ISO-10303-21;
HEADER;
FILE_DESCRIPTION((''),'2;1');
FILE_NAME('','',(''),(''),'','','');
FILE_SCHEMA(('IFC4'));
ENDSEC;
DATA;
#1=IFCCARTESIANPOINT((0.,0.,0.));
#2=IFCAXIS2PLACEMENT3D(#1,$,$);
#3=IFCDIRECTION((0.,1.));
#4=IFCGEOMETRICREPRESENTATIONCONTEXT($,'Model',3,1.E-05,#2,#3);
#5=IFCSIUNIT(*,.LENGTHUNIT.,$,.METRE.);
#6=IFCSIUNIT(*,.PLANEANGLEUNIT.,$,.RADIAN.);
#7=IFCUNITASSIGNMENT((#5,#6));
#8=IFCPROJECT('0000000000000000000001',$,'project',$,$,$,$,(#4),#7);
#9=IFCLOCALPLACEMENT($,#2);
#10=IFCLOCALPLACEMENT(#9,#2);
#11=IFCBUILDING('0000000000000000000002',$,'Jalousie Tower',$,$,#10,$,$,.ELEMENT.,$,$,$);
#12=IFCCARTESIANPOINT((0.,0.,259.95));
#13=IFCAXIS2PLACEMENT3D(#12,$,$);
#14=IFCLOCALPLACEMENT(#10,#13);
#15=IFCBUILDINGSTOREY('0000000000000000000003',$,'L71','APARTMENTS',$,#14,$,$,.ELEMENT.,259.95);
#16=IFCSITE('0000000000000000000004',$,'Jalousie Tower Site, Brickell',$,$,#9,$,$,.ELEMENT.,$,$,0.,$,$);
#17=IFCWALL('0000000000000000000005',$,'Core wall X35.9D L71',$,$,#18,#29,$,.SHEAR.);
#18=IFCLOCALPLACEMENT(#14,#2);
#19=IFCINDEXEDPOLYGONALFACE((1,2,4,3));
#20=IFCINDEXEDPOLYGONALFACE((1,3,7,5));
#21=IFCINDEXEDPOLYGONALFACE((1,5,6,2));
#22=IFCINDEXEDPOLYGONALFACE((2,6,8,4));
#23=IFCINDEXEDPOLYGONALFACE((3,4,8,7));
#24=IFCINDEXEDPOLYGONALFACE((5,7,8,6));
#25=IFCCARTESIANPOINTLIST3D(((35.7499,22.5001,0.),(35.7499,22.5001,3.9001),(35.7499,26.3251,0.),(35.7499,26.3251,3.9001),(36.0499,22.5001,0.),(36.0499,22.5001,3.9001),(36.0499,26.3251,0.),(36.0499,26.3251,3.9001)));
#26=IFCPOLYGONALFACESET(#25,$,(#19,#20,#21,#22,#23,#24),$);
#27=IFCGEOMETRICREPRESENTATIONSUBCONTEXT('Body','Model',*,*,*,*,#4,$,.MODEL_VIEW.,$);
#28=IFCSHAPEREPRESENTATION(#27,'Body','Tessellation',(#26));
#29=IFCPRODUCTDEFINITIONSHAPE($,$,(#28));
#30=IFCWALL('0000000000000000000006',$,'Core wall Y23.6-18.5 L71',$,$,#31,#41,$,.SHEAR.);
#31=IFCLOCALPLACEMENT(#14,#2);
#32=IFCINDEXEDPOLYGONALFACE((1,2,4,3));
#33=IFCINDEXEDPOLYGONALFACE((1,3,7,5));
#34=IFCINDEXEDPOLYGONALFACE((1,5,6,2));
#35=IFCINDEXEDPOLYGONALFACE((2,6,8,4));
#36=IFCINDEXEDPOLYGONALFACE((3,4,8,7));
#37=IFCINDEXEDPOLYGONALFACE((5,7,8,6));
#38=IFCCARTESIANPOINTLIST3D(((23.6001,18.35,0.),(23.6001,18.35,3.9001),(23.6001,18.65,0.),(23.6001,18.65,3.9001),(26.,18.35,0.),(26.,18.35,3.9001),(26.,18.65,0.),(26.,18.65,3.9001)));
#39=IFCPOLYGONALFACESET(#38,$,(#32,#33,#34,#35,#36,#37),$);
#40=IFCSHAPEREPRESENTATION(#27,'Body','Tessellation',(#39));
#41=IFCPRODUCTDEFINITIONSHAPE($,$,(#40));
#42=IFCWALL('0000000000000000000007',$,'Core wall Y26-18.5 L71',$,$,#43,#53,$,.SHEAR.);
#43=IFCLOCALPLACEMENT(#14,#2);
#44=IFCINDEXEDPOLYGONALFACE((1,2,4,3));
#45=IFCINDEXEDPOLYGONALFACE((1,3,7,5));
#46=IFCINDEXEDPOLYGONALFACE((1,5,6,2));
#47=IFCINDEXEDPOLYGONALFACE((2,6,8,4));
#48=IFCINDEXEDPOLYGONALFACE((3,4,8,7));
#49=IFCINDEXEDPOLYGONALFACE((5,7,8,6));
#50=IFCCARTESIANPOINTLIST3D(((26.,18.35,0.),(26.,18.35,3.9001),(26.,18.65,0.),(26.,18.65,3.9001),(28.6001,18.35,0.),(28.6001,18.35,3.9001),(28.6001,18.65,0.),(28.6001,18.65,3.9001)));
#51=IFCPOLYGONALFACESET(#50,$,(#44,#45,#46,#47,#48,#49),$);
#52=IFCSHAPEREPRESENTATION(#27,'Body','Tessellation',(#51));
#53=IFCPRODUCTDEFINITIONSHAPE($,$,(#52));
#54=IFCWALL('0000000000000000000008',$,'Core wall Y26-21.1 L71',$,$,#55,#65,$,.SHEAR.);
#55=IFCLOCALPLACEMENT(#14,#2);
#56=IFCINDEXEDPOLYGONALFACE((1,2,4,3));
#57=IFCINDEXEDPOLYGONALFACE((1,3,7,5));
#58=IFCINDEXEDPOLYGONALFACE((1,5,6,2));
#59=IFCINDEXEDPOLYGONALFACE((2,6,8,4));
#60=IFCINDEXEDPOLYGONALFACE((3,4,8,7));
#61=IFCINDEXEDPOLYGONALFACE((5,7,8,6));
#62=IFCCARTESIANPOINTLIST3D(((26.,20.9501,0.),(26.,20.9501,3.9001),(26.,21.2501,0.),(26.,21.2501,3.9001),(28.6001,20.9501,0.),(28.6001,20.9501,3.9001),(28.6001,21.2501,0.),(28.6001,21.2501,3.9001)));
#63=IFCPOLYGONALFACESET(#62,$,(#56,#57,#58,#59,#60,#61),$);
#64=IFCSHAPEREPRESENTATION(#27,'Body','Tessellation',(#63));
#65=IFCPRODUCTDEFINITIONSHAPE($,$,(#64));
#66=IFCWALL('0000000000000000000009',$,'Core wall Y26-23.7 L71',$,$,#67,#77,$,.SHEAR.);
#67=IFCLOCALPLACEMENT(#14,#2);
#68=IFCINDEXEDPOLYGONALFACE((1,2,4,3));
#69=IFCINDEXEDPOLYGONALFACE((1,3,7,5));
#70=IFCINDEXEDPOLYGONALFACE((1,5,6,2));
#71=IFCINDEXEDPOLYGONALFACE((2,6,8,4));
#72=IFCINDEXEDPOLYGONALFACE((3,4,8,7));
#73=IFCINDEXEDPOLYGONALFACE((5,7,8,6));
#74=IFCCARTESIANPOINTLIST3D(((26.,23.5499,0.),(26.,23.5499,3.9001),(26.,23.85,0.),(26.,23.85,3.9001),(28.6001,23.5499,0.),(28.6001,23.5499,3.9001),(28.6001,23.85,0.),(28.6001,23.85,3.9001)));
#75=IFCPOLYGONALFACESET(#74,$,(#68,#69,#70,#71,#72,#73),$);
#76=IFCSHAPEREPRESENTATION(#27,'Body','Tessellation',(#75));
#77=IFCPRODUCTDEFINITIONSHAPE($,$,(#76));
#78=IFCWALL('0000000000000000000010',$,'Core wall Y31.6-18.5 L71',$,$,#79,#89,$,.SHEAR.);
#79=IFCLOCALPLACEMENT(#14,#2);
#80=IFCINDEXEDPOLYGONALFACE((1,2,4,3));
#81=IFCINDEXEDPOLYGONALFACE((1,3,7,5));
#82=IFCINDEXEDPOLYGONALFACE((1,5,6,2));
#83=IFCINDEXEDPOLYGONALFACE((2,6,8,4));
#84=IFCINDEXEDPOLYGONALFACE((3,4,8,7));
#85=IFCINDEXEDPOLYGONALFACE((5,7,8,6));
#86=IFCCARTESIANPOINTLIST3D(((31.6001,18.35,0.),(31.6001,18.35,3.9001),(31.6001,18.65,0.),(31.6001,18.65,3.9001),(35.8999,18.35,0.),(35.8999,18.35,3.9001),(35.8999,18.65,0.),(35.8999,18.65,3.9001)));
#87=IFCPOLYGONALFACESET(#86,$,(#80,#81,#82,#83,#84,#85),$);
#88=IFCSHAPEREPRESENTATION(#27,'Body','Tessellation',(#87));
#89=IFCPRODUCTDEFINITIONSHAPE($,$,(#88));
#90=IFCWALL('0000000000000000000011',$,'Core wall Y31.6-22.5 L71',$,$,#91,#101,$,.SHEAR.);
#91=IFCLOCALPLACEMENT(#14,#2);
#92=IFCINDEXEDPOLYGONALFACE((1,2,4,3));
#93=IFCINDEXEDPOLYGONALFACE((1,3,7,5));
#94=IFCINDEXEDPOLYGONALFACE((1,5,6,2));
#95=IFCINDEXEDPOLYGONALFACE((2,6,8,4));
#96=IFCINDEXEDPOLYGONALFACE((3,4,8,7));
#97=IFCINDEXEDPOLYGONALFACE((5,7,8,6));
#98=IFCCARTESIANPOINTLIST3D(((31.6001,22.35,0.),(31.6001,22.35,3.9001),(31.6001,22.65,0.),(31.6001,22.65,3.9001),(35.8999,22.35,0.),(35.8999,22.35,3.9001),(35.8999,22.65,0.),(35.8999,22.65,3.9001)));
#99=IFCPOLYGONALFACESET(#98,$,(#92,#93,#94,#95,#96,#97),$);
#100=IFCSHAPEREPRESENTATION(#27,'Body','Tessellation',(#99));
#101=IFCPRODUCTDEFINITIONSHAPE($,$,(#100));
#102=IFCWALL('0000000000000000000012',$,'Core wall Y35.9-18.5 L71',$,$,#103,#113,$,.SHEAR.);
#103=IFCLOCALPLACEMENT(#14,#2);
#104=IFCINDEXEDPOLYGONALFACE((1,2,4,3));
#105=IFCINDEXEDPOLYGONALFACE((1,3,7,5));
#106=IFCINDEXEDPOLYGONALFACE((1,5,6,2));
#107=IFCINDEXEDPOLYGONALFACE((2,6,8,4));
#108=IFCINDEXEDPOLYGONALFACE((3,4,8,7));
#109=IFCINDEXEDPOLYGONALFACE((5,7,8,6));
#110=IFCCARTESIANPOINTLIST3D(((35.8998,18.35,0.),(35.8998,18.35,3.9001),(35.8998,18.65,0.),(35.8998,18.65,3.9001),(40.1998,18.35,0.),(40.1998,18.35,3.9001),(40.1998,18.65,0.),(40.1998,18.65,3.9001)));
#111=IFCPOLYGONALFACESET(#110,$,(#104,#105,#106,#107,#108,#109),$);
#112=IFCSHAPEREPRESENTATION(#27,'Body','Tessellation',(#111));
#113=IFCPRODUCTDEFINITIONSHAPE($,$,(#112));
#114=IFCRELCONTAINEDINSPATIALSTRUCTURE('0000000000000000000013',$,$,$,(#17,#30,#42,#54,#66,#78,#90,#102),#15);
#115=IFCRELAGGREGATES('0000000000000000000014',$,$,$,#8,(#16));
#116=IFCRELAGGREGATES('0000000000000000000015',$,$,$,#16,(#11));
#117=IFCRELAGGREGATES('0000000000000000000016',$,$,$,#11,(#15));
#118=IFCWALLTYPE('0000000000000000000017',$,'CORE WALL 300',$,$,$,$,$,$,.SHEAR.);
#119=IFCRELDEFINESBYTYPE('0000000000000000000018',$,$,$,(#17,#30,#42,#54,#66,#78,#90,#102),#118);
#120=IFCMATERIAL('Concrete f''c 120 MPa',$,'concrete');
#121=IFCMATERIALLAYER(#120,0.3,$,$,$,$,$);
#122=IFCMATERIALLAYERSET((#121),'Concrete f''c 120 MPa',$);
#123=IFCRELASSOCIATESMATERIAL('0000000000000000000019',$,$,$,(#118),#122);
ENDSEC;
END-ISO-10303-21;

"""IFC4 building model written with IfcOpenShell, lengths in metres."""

from ifc_helpers import new_model, si_unit, direction, frame, frame_2d, origin, place, context, subcontext, project, spatial, rectangle, extrude, material, layer, layer_set, type_object, element, save


model = new_model("IFC4")

# Units and contexts
model_context = context("Model", 3, precision=1e-05, world=origin(), true_north=direction((0.0, 1.0)))
body_context = subcontext(model_context, "Body", "Model", "MODEL_VIEW")
ifc_project = project(units=[si_unit("LENGTHUNIT", "METRE"), si_unit("PLANEANGLEUNIT", "RADIAN")], contexts=[model_context])

# Site, building, storey
site_placement = place(None, origin())
site = spatial("IfcSite", under=ifc_project, at=site_placement, Name="Jalousie Tower Site, Brickell", CompositionType="ELEMENT", RefElevation=0.0)
building_placement = place(site_placement, origin())
building = spatial("IfcBuilding", under=site, at=building_placement, Name="Jalousie Tower", CompositionType="ELEMENT")
storey_placement = place(building_placement, frame((0.0, 0.0, 259.95)))
storey = spatial("IfcBuildingStorey", under=building, at=storey_placement, Name="L71", Description="APARTMENTS", CompositionType="ELEMENT", Elevation=259.95)

# Shared definitions
ifc_material_1 = material(Name="Concrete f'c 120 MPa", Category="concrete")
ifc_layer_1 = layer(ifc_material_1, 0.3)
ifc_layer_set_1 = layer_set([ifc_layer_1], Name="Concrete f'c 120 MPa")
wall_type_1 = type_object("IfcWallType", Name="CORE WALL 300", PredefinedType="SHEAR", material=ifc_layer_set_1)

# Walls
wall_1_placement = place(storey_placement, frame((35.8999, 22.5, 0.0), z_axis=(0.0, 0.0, 1.0), x_axis=(0.0, 1.0, 0.0)))
element("IfcWall", 1, at=wall_1_placement, inside=storey, type_object=wall_type_1, Name="Core wall X35.9D L71", PredefinedType="SHEAR", context=body_context, shape_type="SweptSolid", body=[
    extrude(rectangle(XDim=3.825, YDim=0.3, at=frame_2d((1.9126, 0.0))), origin(), (0.0, 0.0, 1.0), 3.9001),
])
wall_2_placement = place(storey_placement, frame((23.6001, 18.5, 0.0), z_axis=(0.0, 0.0, 1.0), x_axis=(1.0, 0.0, 0.0)))
element("IfcWall", 2, at=wall_2_placement, inside=storey, type_object=wall_type_1, Name="Core wall Y23.6-18.5 L71", PredefinedType="SHEAR", context=body_context, shape_type="SweptSolid", body=[
    extrude(rectangle(XDim=2.3999, YDim=0.3, at=frame_2d((1.2, 0.0))), origin(), (0.0, 0.0, 1.0), 3.9001),
])
for number, where, z_axis, x_axis, name in (
    (3, (26.0, 18.5, 0.0), (0.0, 0.0, 1.0), (1.0, 0.0, 0.0), "Core wall Y26-18.5 L71"),
    (4, (26.0, 21.1001, 0.0), (0.0, 0.0, 1.0), (1.0, 0.0, 0.0), "Core wall Y26-21.1 L71"),
    (5, (26.0, 23.7, 0.0), (0.0, 0.0, 1.0), (1.0, 0.0, 0.0), "Core wall Y26-23.7 L71"),
):
    element("IfcWall", number, at=place(storey_placement, frame(where, z_axis=z_axis, x_axis=x_axis)), inside=storey, type_object=wall_type_1, Name=name, PredefinedType="SHEAR", context=body_context, shape_type="SweptSolid", body=[
        extrude(rectangle(XDim=2.6001, YDim=0.3, at=frame_2d((1.3, 0.0))), origin(), (0.0, 0.0, 1.0), 3.9001),
    ])
for number, where, z_axis, x_axis, name in (
    (6, (31.6001, 18.5, 0.0), (0.0, 0.0, 1.0), (1.0, 0.0, 0.0), "Core wall Y31.6-18.5 L71"),
    (7, (31.6001, 22.5, 0.0), (0.0, 0.0, 1.0), (1.0, 0.0, 0.0), "Core wall Y31.6-22.5 L71"),
):
    element("IfcWall", number, at=place(storey_placement, frame(where, z_axis=z_axis, x_axis=x_axis)), inside=storey, type_object=wall_type_1, Name=name, PredefinedType="SHEAR", context=body_context, shape_type="SweptSolid", body=[
        extrude(rectangle(XDim=4.2998, YDim=0.3, at=frame_2d((2.1499, 0.0))), origin(), (0.0, 0.0, 1.0), 3.9001),
    ])
wall_3_placement = place(storey_placement, frame((35.8999, 18.5, 0.0), z_axis=(0.0, 0.0, 1.0), x_axis=(1.0, 0.0, 0.0)))
element("IfcWall", 8, at=wall_3_placement, inside=storey, type_object=wall_type_1, Name="Core wall Y35.9-18.5 L71", PredefinedType="SHEAR", context=body_context, shape_type="SweptSolid", body=[
    extrude(rectangle(XDim=4.3, YDim=0.3, at=frame_2d((2.1499, 0.0))), origin(), (0.0, 0.0, 1.0), 3.9001),
])

save(model, "model.ifc")
